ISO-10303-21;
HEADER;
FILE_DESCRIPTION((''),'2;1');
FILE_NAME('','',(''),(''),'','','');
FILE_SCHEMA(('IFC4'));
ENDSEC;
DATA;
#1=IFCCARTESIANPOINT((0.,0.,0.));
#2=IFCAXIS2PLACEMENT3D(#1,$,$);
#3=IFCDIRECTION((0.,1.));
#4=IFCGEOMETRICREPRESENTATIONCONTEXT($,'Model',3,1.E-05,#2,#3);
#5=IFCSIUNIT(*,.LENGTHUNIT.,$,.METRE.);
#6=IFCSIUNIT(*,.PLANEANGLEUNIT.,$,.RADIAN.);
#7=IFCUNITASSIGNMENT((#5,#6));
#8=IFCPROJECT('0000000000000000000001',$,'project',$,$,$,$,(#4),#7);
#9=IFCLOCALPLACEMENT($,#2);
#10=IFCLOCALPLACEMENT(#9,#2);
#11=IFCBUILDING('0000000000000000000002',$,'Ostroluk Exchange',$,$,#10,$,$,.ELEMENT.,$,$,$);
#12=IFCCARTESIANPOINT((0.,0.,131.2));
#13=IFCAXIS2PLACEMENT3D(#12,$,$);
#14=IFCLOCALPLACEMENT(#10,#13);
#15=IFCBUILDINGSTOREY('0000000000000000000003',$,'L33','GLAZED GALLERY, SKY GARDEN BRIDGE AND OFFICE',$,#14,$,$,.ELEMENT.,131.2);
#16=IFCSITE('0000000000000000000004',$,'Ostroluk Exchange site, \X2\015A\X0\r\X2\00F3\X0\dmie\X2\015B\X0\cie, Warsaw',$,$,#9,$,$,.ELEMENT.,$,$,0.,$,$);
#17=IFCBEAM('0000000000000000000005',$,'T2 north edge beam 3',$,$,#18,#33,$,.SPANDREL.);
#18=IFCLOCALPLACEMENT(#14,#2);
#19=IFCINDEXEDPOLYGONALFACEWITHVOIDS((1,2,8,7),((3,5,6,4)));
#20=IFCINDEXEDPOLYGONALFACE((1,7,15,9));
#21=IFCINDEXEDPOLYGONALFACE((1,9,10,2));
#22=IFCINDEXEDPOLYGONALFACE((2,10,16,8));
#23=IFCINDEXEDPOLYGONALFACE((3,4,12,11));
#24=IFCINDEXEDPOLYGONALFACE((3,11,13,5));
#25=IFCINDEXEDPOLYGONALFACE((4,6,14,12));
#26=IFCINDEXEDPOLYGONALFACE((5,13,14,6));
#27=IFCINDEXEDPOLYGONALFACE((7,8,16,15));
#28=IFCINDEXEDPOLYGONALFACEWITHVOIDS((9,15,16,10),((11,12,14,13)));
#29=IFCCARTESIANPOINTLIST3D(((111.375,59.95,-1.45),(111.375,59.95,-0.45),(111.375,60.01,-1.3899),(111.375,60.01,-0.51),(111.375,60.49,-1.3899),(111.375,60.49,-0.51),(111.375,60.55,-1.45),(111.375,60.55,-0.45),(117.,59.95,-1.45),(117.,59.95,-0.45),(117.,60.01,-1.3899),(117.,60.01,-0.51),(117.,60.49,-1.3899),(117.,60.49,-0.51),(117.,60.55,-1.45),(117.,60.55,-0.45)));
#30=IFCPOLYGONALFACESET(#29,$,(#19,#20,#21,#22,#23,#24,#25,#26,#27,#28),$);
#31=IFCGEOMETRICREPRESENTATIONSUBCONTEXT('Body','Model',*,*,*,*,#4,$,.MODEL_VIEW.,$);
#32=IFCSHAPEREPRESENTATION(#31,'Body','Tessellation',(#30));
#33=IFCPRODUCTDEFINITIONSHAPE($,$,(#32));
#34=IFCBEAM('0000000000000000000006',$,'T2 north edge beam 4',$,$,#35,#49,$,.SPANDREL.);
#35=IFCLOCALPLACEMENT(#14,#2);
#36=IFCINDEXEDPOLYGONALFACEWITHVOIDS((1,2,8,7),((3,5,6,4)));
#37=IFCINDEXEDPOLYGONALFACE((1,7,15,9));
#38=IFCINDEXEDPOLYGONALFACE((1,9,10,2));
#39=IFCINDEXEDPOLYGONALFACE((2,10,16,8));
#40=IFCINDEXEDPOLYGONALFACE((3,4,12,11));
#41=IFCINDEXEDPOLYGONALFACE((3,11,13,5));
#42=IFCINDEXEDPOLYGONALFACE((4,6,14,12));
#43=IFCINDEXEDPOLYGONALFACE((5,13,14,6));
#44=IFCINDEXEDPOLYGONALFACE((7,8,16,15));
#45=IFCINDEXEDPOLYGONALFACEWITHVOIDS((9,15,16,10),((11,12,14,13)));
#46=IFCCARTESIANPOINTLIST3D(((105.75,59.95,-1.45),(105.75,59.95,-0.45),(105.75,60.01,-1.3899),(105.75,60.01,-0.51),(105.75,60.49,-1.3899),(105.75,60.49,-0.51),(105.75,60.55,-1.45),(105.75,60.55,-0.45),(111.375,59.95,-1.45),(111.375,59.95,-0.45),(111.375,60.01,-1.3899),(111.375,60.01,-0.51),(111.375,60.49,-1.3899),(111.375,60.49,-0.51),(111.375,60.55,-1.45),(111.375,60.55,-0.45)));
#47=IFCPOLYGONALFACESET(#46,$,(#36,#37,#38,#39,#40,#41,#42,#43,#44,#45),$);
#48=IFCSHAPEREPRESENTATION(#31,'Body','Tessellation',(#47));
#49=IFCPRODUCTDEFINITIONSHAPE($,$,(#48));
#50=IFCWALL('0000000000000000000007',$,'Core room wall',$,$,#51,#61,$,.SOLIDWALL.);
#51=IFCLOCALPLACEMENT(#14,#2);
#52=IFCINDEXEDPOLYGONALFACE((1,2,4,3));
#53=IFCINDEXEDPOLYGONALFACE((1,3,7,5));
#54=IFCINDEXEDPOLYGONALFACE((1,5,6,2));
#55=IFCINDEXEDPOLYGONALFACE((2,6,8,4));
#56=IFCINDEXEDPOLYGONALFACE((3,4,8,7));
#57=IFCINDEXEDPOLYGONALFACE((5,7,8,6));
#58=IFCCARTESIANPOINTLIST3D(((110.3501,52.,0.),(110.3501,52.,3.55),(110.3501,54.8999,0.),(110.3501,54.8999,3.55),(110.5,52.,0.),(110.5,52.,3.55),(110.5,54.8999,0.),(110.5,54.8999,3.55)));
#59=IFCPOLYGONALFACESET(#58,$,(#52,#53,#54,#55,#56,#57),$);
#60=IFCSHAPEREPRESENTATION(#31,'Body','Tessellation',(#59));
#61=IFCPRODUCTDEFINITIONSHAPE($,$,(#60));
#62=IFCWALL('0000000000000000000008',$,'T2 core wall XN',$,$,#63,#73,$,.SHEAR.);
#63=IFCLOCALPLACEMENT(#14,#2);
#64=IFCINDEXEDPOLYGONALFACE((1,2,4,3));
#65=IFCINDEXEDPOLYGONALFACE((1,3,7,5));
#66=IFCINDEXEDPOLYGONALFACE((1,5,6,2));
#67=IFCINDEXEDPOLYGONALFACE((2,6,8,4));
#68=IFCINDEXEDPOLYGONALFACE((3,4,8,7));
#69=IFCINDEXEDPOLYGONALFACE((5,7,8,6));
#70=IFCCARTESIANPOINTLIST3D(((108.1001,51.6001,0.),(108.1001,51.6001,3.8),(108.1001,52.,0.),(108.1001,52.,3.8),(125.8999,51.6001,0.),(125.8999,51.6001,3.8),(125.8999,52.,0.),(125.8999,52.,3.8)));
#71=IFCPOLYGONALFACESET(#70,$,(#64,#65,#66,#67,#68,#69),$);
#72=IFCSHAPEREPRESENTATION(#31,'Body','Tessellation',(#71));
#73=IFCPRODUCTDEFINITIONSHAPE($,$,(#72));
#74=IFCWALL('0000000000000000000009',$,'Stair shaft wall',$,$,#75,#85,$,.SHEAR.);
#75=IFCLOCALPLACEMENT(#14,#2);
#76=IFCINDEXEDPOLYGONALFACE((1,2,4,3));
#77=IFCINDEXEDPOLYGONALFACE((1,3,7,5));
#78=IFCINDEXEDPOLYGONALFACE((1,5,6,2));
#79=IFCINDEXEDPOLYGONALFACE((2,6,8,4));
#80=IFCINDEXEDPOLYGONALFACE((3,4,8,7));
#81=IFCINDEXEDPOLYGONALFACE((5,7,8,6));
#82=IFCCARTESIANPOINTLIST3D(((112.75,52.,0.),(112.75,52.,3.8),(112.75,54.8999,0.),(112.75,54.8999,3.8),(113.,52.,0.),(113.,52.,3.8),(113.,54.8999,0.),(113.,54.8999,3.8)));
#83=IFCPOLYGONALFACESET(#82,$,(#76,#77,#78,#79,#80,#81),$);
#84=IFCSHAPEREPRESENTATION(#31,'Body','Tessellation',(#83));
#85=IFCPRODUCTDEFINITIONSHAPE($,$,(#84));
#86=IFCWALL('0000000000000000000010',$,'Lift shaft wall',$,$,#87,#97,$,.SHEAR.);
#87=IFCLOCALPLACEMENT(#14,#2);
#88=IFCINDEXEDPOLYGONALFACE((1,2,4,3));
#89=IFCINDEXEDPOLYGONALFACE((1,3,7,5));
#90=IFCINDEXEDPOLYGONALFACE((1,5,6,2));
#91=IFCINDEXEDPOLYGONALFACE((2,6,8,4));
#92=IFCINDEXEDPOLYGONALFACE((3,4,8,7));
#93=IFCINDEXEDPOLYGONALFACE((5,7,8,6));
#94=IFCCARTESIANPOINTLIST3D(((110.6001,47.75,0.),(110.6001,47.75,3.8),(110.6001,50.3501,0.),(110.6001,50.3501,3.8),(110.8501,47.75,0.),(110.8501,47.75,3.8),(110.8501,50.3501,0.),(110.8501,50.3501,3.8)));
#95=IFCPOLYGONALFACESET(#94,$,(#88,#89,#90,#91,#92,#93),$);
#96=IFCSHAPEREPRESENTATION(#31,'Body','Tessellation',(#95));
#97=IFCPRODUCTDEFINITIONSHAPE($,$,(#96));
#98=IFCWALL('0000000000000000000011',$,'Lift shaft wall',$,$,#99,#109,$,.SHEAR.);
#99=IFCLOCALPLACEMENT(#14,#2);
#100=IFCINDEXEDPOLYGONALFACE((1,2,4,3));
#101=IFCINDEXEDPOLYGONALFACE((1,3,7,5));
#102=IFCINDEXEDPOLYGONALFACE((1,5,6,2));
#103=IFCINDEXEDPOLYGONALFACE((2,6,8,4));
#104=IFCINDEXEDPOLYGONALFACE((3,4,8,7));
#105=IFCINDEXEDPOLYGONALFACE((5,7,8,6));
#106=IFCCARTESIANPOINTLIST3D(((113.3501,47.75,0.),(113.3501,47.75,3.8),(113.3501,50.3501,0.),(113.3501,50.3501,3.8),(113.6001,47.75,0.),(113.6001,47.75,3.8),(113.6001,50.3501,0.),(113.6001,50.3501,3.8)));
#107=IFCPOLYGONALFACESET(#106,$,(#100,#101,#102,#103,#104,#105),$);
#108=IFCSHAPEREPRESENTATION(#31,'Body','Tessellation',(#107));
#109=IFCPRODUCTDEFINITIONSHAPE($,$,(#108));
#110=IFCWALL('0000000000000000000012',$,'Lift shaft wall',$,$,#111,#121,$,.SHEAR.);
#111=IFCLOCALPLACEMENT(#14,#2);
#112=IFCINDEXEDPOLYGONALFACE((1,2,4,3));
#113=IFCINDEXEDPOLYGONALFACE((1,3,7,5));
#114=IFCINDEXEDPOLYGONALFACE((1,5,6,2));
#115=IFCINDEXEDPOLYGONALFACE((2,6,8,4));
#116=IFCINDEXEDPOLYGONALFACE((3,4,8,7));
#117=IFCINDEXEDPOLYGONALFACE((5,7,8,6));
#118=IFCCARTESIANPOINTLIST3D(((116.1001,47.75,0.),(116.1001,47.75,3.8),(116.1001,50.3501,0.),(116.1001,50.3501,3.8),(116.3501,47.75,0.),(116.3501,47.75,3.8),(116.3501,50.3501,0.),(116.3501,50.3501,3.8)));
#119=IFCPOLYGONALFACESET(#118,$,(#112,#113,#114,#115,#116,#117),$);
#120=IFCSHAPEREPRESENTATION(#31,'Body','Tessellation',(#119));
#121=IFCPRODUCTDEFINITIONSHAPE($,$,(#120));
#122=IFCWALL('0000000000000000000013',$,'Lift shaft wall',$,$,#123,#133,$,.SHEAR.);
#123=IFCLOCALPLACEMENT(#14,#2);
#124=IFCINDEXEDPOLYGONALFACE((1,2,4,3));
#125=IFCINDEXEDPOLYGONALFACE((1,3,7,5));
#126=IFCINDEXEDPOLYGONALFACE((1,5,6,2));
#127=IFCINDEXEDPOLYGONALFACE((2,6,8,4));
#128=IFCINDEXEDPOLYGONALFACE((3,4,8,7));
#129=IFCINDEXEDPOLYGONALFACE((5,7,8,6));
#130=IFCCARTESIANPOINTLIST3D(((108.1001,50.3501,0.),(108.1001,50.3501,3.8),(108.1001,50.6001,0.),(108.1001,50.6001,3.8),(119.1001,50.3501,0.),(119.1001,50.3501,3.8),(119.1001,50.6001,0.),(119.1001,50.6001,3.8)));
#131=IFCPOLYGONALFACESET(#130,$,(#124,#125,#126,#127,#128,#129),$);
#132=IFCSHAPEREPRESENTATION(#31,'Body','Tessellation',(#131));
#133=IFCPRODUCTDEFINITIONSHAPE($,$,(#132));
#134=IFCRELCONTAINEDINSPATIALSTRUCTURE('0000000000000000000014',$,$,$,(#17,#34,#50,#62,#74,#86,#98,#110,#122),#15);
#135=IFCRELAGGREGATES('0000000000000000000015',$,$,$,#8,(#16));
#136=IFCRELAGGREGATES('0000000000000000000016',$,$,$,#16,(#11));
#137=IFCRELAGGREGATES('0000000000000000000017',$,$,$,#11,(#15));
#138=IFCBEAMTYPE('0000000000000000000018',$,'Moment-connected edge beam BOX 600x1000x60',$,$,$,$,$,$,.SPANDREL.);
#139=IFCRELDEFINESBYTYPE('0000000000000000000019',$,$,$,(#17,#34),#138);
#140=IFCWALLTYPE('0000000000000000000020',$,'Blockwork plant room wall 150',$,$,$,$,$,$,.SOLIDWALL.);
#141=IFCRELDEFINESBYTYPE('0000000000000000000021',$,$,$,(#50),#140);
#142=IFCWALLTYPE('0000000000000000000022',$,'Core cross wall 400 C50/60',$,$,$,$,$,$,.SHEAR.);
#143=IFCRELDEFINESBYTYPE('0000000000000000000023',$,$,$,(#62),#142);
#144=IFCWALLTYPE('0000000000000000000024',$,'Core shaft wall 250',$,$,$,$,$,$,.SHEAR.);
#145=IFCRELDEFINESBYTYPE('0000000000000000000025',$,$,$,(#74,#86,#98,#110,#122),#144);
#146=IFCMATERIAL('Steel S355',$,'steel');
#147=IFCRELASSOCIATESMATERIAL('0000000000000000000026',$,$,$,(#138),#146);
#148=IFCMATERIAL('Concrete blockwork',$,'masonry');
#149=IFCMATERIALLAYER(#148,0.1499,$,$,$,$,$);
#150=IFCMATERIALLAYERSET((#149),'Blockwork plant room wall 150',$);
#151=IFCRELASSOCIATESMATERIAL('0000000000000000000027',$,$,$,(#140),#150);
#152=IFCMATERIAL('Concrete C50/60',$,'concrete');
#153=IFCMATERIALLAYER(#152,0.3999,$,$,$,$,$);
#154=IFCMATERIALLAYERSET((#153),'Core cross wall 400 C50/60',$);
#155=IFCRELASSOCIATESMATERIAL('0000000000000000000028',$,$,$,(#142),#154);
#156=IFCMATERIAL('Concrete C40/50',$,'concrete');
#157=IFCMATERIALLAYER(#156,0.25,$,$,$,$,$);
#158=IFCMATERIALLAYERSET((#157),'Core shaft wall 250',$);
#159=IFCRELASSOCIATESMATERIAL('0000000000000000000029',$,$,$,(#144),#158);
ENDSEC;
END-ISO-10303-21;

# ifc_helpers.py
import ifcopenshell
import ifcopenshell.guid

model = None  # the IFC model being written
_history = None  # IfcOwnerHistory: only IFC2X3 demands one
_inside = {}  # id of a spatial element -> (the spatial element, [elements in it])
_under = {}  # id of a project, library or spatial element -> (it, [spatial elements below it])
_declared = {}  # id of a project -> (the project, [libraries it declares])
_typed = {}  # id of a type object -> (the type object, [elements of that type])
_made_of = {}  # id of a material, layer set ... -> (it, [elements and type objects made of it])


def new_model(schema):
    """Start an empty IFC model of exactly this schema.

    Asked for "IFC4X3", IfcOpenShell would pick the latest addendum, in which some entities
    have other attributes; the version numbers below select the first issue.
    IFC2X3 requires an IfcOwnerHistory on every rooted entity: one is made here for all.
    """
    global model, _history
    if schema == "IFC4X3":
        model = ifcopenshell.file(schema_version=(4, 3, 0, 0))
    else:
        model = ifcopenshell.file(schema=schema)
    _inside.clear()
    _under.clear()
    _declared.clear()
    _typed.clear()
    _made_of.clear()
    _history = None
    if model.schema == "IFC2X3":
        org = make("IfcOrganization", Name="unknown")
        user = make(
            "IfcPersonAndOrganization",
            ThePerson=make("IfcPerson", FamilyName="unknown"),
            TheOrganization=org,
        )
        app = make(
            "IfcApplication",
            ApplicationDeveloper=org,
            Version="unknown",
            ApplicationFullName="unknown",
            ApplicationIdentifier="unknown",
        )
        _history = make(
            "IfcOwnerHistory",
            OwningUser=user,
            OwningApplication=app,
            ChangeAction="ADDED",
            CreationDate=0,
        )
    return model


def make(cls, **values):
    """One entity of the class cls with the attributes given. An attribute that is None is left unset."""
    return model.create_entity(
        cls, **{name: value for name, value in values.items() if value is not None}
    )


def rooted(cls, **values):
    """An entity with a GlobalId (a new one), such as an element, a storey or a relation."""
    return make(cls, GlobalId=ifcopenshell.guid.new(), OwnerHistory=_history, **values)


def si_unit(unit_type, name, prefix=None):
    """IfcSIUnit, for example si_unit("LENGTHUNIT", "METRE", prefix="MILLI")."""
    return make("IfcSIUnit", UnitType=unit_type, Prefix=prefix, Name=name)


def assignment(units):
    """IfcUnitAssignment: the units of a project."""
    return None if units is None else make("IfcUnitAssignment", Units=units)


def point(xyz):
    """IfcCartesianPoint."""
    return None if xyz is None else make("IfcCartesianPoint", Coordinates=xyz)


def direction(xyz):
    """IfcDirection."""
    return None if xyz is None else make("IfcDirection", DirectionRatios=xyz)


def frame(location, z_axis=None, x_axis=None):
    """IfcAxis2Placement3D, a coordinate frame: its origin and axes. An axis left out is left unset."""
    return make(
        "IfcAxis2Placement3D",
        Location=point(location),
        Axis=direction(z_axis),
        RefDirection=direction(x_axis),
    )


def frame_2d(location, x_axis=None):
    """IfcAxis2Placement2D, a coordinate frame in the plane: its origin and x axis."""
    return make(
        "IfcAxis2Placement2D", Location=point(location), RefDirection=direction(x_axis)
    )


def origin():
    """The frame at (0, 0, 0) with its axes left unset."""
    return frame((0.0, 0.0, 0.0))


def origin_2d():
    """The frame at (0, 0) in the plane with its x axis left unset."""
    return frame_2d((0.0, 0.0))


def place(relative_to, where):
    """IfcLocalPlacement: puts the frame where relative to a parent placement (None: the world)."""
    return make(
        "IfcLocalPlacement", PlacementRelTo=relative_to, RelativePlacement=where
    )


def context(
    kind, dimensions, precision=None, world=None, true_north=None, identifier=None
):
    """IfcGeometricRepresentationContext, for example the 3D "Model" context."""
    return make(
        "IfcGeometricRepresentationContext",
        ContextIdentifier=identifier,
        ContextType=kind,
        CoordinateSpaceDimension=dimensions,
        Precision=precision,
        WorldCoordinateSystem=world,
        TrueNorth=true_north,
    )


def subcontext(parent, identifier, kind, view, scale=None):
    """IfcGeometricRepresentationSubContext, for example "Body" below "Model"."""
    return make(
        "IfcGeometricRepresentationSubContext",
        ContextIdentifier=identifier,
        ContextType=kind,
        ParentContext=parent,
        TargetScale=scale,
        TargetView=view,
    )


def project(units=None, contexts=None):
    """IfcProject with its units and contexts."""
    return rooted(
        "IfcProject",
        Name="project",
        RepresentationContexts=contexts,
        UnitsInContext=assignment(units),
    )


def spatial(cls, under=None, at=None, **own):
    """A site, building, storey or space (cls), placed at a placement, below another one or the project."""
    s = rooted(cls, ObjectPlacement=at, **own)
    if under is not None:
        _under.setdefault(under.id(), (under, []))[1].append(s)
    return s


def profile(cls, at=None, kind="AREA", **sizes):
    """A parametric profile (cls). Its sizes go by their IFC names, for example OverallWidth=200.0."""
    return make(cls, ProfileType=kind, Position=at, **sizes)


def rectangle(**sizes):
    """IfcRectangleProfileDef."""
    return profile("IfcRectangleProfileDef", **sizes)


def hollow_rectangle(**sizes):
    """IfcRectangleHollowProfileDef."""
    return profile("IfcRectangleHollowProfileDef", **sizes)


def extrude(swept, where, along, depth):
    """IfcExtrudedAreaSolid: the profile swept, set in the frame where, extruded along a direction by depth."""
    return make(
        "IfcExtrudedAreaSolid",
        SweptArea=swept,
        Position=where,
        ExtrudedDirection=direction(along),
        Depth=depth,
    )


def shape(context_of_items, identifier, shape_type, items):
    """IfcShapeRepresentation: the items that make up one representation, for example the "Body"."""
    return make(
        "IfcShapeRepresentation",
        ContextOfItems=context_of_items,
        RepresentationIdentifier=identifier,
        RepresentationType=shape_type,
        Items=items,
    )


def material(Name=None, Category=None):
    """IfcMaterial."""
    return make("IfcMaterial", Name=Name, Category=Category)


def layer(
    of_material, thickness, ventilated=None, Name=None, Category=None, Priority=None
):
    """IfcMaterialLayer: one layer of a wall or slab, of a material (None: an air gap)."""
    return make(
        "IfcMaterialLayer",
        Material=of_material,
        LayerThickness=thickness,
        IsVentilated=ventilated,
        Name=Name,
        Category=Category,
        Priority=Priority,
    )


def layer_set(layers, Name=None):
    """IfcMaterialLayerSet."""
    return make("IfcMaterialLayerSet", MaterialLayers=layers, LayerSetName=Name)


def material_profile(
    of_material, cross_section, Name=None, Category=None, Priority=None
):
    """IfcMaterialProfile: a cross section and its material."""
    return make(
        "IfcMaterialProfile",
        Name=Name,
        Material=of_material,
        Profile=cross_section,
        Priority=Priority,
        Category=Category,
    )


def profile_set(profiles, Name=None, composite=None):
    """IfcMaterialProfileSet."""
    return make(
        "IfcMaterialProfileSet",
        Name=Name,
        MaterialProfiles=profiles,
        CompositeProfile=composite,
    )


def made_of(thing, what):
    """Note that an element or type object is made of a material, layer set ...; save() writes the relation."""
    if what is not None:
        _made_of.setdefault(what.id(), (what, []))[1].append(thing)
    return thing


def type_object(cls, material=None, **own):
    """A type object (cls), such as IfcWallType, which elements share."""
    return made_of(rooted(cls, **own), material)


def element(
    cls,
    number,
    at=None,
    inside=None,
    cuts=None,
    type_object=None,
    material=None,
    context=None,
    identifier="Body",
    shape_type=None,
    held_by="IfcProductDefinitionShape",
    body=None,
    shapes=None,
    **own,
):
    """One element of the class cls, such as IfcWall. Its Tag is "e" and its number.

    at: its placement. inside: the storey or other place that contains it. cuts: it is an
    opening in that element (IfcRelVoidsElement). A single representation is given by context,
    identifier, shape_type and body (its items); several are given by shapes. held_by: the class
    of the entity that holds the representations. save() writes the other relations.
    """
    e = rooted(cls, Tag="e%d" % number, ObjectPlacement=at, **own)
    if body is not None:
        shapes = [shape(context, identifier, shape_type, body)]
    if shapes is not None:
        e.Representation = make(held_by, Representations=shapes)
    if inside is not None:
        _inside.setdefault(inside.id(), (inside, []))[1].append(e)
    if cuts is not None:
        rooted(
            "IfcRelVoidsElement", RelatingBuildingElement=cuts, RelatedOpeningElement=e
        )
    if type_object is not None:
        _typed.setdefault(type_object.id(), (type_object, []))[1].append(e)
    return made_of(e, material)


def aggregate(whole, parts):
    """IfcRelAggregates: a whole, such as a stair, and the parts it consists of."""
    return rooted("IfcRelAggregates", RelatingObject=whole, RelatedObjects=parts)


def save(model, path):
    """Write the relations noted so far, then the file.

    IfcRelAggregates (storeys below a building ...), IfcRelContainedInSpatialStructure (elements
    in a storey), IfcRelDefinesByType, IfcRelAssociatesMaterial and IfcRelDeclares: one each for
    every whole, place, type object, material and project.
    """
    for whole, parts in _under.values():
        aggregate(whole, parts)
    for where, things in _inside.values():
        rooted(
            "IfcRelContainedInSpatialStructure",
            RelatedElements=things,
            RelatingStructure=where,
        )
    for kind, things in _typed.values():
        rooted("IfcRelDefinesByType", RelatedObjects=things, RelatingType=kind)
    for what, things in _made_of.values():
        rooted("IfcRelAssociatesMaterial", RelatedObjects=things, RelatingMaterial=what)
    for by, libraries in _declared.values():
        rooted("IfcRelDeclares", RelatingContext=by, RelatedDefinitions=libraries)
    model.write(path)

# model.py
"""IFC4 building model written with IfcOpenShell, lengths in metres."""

from ifc_helpers import new_model, si_unit, direction, frame, frame_2d, origin, origin_2d, place, context, subcontext, project, spatial, rectangle, hollow_rectangle, extrude, material, layer, layer_set, material_profile, profile_set, type_object, element, save


model = new_model("IFC4")

# Units and contexts
model_context = context("Model", 3, precision=1e-05, world=origin(), true_north=direction((0.0, 1.0)))
body_context = subcontext(model_context, "Body", "Model", "MODEL_VIEW")
ifc_project = project(units=[si_unit("LENGTHUNIT", "METRE"), si_unit("PLANEANGLEUNIT", "RADIAN")], contexts=[model_context])

# Site, building, storey
site_placement = place(None, origin())
site = spatial("IfcSite", under=ifc_project, at=site_placement, Name="Ostroluk Exchange site, Śródmieście, Warsaw", CompositionType="ELEMENT", RefElevation=0.0)
building_placement = place(site_placement, origin())
building = spatial("IfcBuilding", under=site, at=building_placement, Name="Ostroluk Exchange", CompositionType="ELEMENT")
storey_placement = place(building_placement, frame((0.0, 0.0, 131.2)))
storey = spatial("IfcBuildingStorey", under=building, at=storey_placement, Name="L33", Description="GLAZED GALLERY, SKY GARDEN BRIDGE AND OFFICE", CompositionType="ELEMENT", Elevation=131.2)

# Beams
ifc_material_1 = material(Name="Steel S355", Category="steel")
ifc_material_profile_1 = material_profile(ifc_material_1, hollow_rectangle(XDim=0.6001, YDim=1.0, WallThickness=0.0601, at=origin_2d()), Name="BOX 600x1000x60")
ifc_profile_set_1 = profile_set([ifc_material_profile_1], Name="Steel S355")
beam_type_1 = type_object("IfcBeamType", Name="Moment-connected edge beam BOX 600x1000x60", PredefinedType="SPANDREL", material=ifc_profile_set_1)
for number, where, z_axis, x_axis, name in (
    (1, (117.0, 60.25, -0.95), (-1.0, 0.0, 0.0), (0.0, -1.0, 0.0), "T2 north edge beam 3"),
    (2, (111.375, 60.25, -0.95), (-1.0, 0.0, 0.0), (0.0, -1.0, 0.0), "T2 north edge beam 4"),
):
    element("IfcBeam", number, at=place(storey_placement, frame(where, z_axis=z_axis, x_axis=x_axis)), inside=storey, type_object=beam_type_1, Name=name, PredefinedType="SPANDREL", context=body_context, shape_type="SweptSolid", body=[
        extrude(hollow_rectangle(XDim=0.6001, YDim=1.0, WallThickness=0.0601, at=origin_2d()), origin(), (0.0, 0.0, 1.0), 5.625),
    ])

# Walls
ifc_material_2 = material(Name="Concrete blockwork", Category="masonry")
ifc_layer_1 = layer(ifc_material_2, 0.1499)
ifc_layer_set_1 = layer_set([ifc_layer_1], Name="Blockwork plant room wall 150")
wall_type_1 = type_object("IfcWallType", Name="Blockwork plant room wall 150", PredefinedType="SOLIDWALL", material=ifc_layer_set_1)
wall_1_placement = place(storey_placement, frame((110.425, 52.0, 0.0), z_axis=(0.0, 0.0, 1.0), x_axis=(0.0, 1.0, 0.0)))
element("IfcWall", 3, at=wall_1_placement, inside=storey, type_object=wall_type_1, Name="Core room wall", PredefinedType="SOLIDWALL", context=body_context, shape_type="SweptSolid", body=[
    extrude(rectangle(XDim=2.8999, YDim=0.1499, at=frame_2d((1.45, 0.0))), origin(), (0.0, 0.0, 1.0), 3.55),
])
ifc_material_3 = material(Name="Concrete C50/60", Category="concrete")
ifc_layer_2 = layer(ifc_material_3, 0.3999)
ifc_layer_set_2 = layer_set([ifc_layer_2], Name="Core cross wall 400 C50/60")
wall_type_2 = type_object("IfcWallType", Name="Core cross wall 400 C50/60", PredefinedType="SHEAR", material=ifc_layer_set_2)
wall_2_placement = place(storey_placement, frame((108.1001, 51.8, 0.0), z_axis=(0.0, 0.0, 1.0), x_axis=(1.0, 0.0, 0.0)))
element("IfcWall", 4, at=wall_2_placement, inside=storey, type_object=wall_type_2, Name="T2 core wall XN", PredefinedType="SHEAR", context=body_context, shape_type="SweptSolid", body=[
    extrude(rectangle(XDim=17.7998, YDim=0.3999, at=frame_2d((8.8999, 0.0))), origin(), (0.0, 0.0, 1.0), 3.8),
])
ifc_material_4 = material(Name="Concrete C40/50", Category="concrete")
ifc_layer_3 = layer(ifc_material_4, 0.25)
ifc_layer_set_3 = layer_set([ifc_layer_3], Name="Core shaft wall 250")
wall_type_3 = type_object("IfcWallType", Name="Core shaft wall 250", PredefinedType="SHEAR", material=ifc_layer_set_3)
wall_3_placement = place(storey_placement, frame((112.875, 52.0, 0.0), z_axis=(0.0, 0.0, 1.0), x_axis=(0.0, 1.0, 0.0)))
element("IfcWall", 5, at=wall_3_placement, inside=storey, type_object=wall_type_3, Name="Stair shaft wall", PredefinedType="SHEAR", context=body_context, shape_type="SweptSolid", body=[
    extrude(rectangle(XDim=2.8999, YDim=0.25, at=frame_2d((1.45, 0.0))), origin(), (0.0, 0.0, 1.0), 3.8),
])
for number, where, z_axis, x_axis, name in (
    (6, (110.7251, 47.75, 0.0), (0.0, 0.0, 1.0), (0.0, 1.0, 0.0), "Lift shaft wall"),
    (7, (113.4751, 47.75, 0.0), (0.0, 0.0, 1.0), (0.0, 1.0, 0.0), "Lift shaft wall"),
    (8, (116.2251, 47.75, 0.0), (0.0, 0.0, 1.0), (0.0, 1.0, 0.0), "Lift shaft wall"),
):
    element("IfcWall", number, at=place(storey_placement, frame(where, z_axis=z_axis, x_axis=x_axis)), inside=storey, type_object=wall_type_3, Name=name, PredefinedType="SHEAR", context=body_context, shape_type="SweptSolid", body=[
        extrude(rectangle(XDim=2.6001, YDim=0.25, at=frame_2d((1.3, 0.0))), origin(), (0.0, 0.0, 1.0), 3.8),
    ])
wall_4_placement = place(storey_placement, frame((108.1001, 50.4751, 0.0), z_axis=(0.0, 0.0, 1.0), x_axis=(1.0, 0.0, 0.0)))
element("IfcWall", 9, at=wall_4_placement, inside=storey, type_object=wall_type_3, Name="Lift shaft wall", PredefinedType="SHEAR", context=body_context, shape_type="SweptSolid", body=[
    extrude(rectangle(XDim=11.0, YDim=0.25, at=frame_2d((5.5, 0.0))), origin(), (0.0, 0.0, 1.0), 3.8),
])

save(model, "model.ifc")
